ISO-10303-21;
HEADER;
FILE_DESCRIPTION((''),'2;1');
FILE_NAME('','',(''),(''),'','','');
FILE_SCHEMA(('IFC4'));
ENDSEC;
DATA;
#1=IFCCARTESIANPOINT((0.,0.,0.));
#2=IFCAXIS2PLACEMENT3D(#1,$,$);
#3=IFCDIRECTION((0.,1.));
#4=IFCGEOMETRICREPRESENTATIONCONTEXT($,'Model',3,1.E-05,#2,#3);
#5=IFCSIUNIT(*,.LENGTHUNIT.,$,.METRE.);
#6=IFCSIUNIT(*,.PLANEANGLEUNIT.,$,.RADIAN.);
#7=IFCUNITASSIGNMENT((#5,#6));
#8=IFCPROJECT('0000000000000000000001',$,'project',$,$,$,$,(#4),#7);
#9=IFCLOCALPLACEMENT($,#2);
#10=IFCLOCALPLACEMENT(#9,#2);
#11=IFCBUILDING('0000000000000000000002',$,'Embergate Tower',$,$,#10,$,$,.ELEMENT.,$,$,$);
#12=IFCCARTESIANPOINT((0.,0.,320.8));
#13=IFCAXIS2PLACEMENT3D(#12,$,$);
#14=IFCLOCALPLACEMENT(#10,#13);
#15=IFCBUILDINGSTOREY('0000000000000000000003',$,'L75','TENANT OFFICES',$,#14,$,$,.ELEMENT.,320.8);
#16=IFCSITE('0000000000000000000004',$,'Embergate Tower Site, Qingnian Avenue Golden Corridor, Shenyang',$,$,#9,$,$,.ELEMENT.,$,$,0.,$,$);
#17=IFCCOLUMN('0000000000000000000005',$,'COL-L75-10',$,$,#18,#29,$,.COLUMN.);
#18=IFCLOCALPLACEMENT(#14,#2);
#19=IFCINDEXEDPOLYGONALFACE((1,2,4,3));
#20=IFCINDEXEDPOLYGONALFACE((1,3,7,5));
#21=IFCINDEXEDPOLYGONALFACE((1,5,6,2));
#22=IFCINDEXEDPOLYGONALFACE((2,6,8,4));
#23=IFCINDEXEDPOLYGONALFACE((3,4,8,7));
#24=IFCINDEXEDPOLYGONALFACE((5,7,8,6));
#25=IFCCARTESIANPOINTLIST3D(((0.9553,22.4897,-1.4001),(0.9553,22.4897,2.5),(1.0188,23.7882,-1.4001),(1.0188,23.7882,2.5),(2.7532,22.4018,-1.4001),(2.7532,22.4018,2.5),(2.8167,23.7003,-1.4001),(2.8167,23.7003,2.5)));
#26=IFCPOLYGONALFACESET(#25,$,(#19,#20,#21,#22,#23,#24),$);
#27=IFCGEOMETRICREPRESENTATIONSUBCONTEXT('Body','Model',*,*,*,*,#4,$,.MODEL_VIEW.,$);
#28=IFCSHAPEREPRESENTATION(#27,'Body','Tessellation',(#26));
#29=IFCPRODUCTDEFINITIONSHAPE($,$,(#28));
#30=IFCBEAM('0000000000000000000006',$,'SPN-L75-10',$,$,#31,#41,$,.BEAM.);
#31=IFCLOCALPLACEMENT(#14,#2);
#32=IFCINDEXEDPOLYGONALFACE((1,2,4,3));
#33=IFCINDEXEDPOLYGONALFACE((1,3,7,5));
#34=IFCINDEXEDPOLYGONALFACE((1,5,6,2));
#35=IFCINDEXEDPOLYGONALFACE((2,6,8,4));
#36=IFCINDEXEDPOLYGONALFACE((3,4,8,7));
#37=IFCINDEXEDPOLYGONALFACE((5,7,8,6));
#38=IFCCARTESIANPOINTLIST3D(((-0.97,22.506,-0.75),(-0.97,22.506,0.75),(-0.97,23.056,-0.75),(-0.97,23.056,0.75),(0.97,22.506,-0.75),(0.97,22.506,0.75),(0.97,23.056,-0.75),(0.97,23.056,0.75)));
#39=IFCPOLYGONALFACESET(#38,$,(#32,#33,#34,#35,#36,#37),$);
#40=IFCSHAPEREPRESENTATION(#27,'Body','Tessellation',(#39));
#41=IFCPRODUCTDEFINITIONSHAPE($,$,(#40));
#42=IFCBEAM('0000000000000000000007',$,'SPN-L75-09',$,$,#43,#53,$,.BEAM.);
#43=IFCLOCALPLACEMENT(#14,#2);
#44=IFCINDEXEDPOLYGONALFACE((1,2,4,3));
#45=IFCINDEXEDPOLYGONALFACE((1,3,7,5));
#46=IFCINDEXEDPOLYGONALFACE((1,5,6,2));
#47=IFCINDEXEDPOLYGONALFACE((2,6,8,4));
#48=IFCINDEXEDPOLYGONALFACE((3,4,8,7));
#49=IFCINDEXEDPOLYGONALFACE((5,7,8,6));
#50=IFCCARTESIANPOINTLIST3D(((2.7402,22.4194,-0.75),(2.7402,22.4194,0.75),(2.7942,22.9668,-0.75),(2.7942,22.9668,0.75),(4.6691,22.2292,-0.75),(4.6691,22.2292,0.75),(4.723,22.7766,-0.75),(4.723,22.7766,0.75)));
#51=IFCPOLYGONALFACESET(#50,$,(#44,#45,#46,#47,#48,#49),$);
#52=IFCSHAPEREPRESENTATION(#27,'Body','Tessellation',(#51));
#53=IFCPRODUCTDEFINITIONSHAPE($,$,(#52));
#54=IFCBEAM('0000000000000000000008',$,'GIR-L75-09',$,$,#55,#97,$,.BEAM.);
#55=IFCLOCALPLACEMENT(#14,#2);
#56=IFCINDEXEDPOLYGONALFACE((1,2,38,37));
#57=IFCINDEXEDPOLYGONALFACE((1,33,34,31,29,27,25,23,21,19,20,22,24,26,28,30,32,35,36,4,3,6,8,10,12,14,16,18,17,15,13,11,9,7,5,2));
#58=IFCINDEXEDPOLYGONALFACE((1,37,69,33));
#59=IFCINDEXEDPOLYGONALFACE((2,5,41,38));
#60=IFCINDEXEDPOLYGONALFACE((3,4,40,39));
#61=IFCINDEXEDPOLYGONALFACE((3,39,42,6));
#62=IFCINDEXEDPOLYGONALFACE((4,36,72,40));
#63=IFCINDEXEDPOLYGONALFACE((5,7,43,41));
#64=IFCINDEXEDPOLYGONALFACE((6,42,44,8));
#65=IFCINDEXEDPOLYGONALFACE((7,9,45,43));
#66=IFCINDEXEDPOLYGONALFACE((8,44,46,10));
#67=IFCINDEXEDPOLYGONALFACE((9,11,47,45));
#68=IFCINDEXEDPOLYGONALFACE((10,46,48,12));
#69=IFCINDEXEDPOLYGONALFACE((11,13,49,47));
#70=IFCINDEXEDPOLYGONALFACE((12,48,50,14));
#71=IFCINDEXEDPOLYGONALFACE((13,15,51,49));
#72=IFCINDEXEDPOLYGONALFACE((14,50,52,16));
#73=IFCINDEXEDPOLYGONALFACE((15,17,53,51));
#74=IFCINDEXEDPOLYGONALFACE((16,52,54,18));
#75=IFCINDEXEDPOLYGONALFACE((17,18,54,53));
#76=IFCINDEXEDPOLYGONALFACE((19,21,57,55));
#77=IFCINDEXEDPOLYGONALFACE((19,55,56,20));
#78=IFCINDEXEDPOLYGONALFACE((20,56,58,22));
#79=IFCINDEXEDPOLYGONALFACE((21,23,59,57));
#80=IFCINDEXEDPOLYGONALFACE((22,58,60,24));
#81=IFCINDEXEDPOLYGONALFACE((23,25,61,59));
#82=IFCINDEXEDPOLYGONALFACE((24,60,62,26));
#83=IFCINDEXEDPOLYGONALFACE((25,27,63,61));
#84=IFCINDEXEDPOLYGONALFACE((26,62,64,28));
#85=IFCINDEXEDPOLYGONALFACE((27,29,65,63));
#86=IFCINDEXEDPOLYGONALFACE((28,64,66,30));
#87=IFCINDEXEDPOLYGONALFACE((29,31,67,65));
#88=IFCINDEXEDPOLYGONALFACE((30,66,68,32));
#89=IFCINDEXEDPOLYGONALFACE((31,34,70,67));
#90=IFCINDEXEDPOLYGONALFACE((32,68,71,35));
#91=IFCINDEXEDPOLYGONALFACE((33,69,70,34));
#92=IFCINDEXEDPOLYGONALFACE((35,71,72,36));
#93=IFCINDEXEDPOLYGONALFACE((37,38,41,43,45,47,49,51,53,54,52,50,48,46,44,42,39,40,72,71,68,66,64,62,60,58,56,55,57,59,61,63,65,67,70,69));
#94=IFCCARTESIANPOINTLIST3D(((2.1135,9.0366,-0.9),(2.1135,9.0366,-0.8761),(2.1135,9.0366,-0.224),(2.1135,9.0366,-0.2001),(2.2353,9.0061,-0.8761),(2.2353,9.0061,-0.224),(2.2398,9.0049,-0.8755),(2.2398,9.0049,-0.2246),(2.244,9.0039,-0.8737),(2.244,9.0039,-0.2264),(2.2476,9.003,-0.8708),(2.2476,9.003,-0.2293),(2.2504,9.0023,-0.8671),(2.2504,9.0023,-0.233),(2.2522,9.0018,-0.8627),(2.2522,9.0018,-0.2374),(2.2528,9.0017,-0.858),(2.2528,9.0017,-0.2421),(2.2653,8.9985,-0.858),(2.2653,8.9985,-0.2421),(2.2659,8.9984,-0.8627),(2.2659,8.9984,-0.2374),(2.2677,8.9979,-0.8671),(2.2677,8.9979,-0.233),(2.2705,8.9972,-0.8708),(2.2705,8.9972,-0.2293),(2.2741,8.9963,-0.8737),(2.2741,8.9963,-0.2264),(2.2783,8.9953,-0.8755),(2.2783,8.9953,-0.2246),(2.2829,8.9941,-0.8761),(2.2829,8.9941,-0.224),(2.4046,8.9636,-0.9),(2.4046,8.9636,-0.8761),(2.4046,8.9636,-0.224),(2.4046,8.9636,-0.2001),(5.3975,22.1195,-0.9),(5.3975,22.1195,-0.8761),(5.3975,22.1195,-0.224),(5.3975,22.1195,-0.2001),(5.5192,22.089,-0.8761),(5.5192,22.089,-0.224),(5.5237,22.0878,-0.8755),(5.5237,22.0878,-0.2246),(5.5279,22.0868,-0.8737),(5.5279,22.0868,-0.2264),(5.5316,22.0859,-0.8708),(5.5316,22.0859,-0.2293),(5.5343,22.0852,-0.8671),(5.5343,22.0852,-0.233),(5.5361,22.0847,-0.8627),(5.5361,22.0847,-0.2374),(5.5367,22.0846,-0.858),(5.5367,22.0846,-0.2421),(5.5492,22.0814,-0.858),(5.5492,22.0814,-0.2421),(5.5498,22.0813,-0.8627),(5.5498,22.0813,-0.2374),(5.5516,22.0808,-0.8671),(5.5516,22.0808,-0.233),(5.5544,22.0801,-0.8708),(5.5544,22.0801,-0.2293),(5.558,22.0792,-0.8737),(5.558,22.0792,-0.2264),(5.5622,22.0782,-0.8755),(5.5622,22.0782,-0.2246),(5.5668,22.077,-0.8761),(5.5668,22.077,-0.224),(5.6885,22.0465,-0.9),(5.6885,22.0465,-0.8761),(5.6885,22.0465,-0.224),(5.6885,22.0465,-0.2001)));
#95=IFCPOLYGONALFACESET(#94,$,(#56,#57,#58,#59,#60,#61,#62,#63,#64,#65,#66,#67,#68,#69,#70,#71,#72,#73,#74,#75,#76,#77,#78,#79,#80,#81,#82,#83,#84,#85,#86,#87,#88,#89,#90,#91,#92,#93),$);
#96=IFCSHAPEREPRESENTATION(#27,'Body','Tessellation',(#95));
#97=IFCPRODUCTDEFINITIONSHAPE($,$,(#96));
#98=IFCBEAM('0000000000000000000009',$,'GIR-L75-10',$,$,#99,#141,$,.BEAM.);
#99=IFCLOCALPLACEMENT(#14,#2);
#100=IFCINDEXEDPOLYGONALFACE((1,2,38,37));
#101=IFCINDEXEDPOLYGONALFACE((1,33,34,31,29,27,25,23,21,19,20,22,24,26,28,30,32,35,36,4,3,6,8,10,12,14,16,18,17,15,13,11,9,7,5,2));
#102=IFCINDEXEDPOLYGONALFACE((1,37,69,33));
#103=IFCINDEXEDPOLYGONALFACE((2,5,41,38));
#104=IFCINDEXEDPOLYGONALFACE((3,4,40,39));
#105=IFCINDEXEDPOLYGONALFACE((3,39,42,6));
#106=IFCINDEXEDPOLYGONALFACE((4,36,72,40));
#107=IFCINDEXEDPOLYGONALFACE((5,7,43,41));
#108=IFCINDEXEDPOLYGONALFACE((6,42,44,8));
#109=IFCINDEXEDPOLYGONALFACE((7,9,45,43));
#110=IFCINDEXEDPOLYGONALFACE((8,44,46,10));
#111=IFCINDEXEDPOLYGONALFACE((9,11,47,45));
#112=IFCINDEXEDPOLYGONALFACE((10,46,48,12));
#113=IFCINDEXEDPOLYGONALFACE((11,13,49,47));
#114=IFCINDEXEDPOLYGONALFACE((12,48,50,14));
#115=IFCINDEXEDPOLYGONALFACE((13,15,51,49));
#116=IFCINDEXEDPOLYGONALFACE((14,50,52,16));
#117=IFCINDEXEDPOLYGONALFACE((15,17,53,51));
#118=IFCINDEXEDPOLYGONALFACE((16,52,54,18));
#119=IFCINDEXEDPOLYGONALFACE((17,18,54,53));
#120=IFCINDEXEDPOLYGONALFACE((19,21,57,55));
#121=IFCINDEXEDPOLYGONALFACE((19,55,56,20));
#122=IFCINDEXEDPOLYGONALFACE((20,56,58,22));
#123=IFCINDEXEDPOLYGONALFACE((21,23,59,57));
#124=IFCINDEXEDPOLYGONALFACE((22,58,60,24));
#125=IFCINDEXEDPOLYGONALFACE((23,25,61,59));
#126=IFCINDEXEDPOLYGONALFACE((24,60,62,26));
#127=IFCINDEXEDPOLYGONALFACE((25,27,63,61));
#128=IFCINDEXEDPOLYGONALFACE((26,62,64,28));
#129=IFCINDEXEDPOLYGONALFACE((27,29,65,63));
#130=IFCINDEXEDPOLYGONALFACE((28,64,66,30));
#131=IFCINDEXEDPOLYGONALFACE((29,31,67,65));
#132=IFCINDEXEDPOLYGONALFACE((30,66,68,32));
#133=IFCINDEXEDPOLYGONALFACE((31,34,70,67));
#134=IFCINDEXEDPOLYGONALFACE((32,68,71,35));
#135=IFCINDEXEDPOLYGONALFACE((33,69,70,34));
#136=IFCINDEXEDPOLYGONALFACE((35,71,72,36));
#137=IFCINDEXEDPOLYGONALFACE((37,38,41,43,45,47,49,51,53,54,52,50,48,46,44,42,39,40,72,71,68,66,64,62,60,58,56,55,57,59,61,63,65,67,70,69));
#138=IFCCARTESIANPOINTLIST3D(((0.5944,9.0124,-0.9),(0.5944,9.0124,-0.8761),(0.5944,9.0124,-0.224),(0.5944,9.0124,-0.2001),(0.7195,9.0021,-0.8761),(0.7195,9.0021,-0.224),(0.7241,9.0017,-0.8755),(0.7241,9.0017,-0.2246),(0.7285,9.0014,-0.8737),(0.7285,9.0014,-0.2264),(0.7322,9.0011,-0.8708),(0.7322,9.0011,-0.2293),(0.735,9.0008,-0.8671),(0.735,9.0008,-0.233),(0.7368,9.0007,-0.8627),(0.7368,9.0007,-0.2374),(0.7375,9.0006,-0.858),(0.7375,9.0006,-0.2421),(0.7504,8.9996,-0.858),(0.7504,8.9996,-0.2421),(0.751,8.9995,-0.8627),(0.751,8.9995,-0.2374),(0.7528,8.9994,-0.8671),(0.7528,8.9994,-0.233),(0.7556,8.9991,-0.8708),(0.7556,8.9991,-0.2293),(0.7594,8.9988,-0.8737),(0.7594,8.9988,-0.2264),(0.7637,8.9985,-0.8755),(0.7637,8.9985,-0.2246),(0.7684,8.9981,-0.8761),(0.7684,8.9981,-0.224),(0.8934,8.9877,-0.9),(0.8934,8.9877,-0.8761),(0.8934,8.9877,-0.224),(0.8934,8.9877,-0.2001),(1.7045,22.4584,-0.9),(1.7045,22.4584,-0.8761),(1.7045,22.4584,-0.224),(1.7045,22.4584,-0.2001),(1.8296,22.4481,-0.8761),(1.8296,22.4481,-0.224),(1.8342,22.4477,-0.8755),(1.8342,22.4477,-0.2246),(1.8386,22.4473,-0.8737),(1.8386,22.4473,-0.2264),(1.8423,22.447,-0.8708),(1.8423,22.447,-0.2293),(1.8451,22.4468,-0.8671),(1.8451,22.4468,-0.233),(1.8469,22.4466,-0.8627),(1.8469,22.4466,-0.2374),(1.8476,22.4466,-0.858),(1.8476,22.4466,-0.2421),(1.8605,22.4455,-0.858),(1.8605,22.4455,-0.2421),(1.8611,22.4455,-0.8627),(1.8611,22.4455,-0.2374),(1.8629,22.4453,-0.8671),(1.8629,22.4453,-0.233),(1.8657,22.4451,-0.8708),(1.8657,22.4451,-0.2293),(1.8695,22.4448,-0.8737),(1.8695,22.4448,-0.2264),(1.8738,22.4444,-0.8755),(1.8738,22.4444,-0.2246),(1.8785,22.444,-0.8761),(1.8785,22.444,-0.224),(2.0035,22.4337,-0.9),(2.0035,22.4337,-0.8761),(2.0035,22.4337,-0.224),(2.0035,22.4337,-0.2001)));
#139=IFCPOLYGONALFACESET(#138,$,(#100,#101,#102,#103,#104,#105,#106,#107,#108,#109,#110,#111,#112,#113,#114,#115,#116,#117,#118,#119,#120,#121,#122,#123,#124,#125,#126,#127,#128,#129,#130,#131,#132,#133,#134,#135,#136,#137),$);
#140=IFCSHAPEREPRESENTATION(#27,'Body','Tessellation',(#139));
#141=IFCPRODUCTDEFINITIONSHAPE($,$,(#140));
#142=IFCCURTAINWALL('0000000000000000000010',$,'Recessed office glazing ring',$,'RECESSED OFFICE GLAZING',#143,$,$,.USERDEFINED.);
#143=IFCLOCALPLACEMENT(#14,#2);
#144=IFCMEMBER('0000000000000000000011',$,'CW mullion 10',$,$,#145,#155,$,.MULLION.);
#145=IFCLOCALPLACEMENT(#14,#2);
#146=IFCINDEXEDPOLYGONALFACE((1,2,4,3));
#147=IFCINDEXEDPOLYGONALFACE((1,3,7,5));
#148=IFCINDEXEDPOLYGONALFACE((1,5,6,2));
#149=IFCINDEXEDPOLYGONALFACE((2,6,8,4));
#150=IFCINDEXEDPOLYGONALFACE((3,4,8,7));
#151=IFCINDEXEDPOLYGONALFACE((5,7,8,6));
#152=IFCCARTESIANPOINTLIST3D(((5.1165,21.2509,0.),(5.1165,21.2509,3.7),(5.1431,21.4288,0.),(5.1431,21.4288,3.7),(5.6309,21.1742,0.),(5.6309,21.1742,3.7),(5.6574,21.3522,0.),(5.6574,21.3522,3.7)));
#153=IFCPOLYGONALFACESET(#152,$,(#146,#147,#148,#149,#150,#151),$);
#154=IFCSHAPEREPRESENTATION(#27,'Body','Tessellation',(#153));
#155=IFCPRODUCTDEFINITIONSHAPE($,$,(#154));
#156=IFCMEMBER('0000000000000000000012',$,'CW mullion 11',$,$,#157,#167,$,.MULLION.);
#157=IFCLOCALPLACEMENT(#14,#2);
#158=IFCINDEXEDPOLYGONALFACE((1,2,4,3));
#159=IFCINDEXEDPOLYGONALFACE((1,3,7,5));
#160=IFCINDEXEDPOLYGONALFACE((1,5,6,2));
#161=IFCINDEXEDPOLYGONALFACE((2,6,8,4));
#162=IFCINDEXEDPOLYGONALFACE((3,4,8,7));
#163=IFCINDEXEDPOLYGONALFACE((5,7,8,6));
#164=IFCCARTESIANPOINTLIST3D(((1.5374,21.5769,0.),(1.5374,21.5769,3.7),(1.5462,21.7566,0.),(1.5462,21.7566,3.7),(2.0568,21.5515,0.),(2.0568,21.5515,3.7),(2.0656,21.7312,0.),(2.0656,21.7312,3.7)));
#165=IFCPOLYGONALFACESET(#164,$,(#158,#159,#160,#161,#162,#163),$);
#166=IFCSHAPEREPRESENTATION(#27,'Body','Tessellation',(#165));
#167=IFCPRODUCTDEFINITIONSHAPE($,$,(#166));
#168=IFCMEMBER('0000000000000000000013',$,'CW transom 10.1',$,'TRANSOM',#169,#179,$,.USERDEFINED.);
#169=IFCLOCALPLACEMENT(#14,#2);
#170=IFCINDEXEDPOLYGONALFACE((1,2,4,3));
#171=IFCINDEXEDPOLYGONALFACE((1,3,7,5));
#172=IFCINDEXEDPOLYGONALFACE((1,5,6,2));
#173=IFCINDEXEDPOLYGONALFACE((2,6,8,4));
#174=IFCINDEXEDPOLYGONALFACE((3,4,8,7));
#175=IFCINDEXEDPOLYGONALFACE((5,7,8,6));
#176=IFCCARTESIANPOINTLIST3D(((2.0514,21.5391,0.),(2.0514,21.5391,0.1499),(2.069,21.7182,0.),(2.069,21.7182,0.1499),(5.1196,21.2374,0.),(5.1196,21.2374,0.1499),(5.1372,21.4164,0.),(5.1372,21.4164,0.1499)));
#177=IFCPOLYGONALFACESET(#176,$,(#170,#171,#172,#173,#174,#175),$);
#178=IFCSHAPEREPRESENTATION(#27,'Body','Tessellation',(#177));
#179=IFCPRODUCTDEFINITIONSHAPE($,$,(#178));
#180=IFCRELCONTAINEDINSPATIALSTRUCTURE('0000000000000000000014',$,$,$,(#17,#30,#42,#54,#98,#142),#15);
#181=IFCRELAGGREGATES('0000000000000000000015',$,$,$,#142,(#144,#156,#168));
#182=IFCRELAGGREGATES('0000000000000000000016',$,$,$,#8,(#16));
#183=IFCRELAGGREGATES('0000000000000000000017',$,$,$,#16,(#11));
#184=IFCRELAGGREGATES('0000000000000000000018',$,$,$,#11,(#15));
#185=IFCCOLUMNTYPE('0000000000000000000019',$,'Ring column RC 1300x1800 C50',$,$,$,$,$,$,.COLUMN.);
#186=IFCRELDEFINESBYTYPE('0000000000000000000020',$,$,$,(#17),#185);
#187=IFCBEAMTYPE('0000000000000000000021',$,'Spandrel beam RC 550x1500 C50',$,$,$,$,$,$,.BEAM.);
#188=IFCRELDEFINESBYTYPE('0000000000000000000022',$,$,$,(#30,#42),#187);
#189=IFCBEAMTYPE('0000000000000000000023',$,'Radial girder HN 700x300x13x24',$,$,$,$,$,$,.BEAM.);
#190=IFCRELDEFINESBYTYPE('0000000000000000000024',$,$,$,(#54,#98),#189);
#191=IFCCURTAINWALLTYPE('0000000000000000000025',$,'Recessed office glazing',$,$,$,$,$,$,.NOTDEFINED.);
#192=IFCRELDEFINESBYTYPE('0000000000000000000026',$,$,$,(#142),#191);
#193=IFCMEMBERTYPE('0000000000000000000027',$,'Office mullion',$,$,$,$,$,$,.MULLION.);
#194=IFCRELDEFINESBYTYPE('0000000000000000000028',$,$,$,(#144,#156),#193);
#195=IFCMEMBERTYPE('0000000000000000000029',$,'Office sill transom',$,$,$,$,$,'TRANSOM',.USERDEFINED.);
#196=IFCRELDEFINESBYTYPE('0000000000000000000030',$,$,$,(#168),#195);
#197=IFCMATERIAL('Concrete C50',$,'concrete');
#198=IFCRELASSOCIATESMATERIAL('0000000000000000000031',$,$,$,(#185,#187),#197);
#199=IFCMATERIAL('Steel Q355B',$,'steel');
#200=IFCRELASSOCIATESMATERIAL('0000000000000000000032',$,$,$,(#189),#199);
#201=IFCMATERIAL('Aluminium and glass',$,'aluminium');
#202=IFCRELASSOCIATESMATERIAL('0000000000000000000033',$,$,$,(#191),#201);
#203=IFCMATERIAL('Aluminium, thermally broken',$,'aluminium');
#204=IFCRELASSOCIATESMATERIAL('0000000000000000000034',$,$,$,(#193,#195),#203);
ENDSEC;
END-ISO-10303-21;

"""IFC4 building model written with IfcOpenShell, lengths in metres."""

from ifc_helpers import new_model, si_unit, direction, frame, origin, origin_2d, place, context, subcontext, project, spatial, rectangle, i_section, extrude, source, transform, mapped, material, material_profile, profile_set, type_object, element, aggregate, save


model = new_model("IFC4")

# Units and contexts
model_context = context("Model", 3, precision=1e-05, world=origin(), true_north=direction((0.0, 1.0)))
body_context = subcontext(model_context, "Body", "Model", "MODEL_VIEW")
ifc_project = project(units=[si_unit("LENGTHUNIT", "METRE"), si_unit("PLANEANGLEUNIT", "RADIAN")], contexts=[model_context])

# Site, building, storey
site_placement = place(None, origin())
site = spatial("IfcSite", under=ifc_project, at=site_placement, Name="Embergate Tower Site, Qingnian Avenue Golden Corridor, Shenyang", CompositionType="ELEMENT", RefElevation=0.0)
building_placement = place(site_placement, origin())
building = spatial("IfcBuilding", under=site, at=building_placement, Name="Embergate Tower", CompositionType="ELEMENT")
storey_placement = place(building_placement, frame((0.0, 0.0, 320.8)))
storey = spatial("IfcBuildingStorey", under=building, at=storey_placement, Name="L75", Description="TENANT OFFICES", CompositionType="ELEMENT", Elevation=320.8)

# Column
ifc_material_1 = material(Name="Concrete C50", Category="concrete")
ifc_material_profile_1 = material_profile(ifc_material_1, rectangle(XDim=1.3, YDim=1.8, at=origin_2d()), Name="RC 1300x1800")
ifc_profile_set_1 = profile_set([ifc_material_profile_1], Name="Concrete C50")
column_type = type_object("IfcColumnType", Name="Ring column RC 1300x1800 C50", PredefinedType="COLUMN", material=ifc_profile_set_1)
shared_shape_1 = source(origin(), body_context, "Body", "SweptSolid", [
    extrude(rectangle(XDim=1.3, YDim=1.8, at=origin_2d()), origin(), (0.0, 0.0, 1.0), 3.9001),
])
column_placement = place(storey_placement, frame((1.886, 23.095, -1.4001), z_axis=(0.0, 0.0, 1.0), x_axis=(0.048815, 0.998808, 0.0)))
element("IfcColumn", 1, at=column_placement, inside=storey, type_object=column_type, Name="COL-L75-10", PredefinedType="COLUMN", context=body_context, shape_type="MappedRepresentation", body=[
    mapped(shared_shape_1, transform((0.0, 0.0, 0.0))),
])

# Beams
ifc_material_profile_2 = material_profile(ifc_material_1, rectangle(XDim=0.55, YDim=1.5, at=origin_2d()), Name="RC 550x1500")
ifc_profile_set_2 = profile_set([ifc_material_profile_2], Name="Concrete C50")
beam_type_1 = type_object("IfcBeamType", Name="Spandrel beam RC 550x1500 C50", PredefinedType="BEAM", material=ifc_profile_set_2)
shared_shape_2 = source(origin(), body_context, "Body", "SweptSolid", [
    extrude(rectangle(XDim=0.55, YDim=1.5, at=origin_2d()), origin(), (0.0, 0.0, 1.0), 1.9399),
])
beam_1_placement = place(storey_placement, frame((0.97, 22.781, 0.0), z_axis=(-1.0, 0.0, 0.0), x_axis=(0.0, -1.0, 0.0)))
element("IfcBeam", 2, at=beam_1_placement, inside=storey, type_object=beam_type_1, Name="SPN-L75-10", PredefinedType="BEAM", context=body_context, shape_type="MappedRepresentation", body=[
    mapped(shared_shape_2, transform((0.0, 0.0, 0.0))),
])
shared_shape_3 = source(origin(), body_context, "Body", "SweptSolid", [
    extrude(rectangle(XDim=0.55, YDim=1.5, at=origin_2d()), origin(), (0.0, 0.0, 1.0), 1.9382),
])
beam_2_placement = place(storey_placement, frame((4.696, 22.5029, 0.0), z_axis=(-0.995175, 0.098119, 0.0), x_axis=(-0.098119, -0.995175, 0.0)))
element("IfcBeam", 3, at=beam_2_placement, inside=storey, type_object=beam_type_1, Name="SPN-L75-09", PredefinedType="BEAM", context=body_context, shape_type="MappedRepresentation", body=[
    mapped(shared_shape_3, transform((0.0, 0.0, 0.0))),
])
ifc_material_2 = material(Name="Steel Q355B", Category="steel")
ifc_material_profile_3 = material_profile(ifc_material_2, i_section(OverallWidth=0.3, OverallDepth=0.7, WebThickness=0.0129, FlangeThickness=0.0239, FilletRadius=0.0181, at=origin_2d()), Name="HN 700x300x13x24")
ifc_profile_set_3 = profile_set([ifc_material_profile_3], Name="Steel Q355 grade B")
beam_type_2 = type_object("IfcBeamType", Name="Radial girder HN 700x300x13x24", PredefinedType="BEAM", material=ifc_profile_set_3)
shared_shape_4 = source(origin(), body_context, "Body", "SweptSolid", [
    extrude(i_section(OverallWidth=0.3, OverallDepth=0.7, WebThickness=0.0129, FlangeThickness=0.0239, FilletRadius=0.0181, at=origin_2d()), origin(), (0.0, 0.0, 1.0), 13.4888),
])
beam_3_placement = place(storey_placement, frame((5.543, 22.083, -0.55), z_axis=(-0.243455, -0.969912, 0.0), x_axis=(0.969912, -0.243455, 0.0)))
element("IfcBeam", 4, at=beam_3_placement, inside=storey, type_object=beam_type_2, Name="GIR-L75-09", PredefinedType="BEAM", context=body_context, shape_type="MappedRepresentation", body=[
    mapped(shared_shape_4, transform((0.0, 0.0, 0.0))),
])
shared_shape_5 = source(origin(), body_context, "Body", "SweptSolid", [
    extrude(i_section(OverallWidth=0.3, OverallDepth=0.7, WebThickness=0.0129, FlangeThickness=0.0239, FilletRadius=0.0181, at=origin_2d()), origin(), (0.0, 0.0, 1.0), 13.4917),
])
beam_4_placement = place(storey_placement, frame((1.854, 22.446, -0.55), z_axis=(-0.08228, -0.996609, 0.0), x_axis=(0.996609, -0.08228, 0.0)))
element("IfcBeam", 5, at=beam_4_placement, inside=storey, type_object=beam_type_2, Name="GIR-L75-10", PredefinedType="BEAM", context=body_context, shape_type="MappedRepresentation", body=[
    mapped(shared_shape_5, transform((0.0, 0.0, 0.0))),
])

# Curtain wall, members
ifc_material_3 = material(Name="Aluminium and glass", Category="aluminium")
curtain_wall_type = type_object("IfcCurtainWallType", Name="Recessed office glazing", PredefinedType="NOTDEFINED", material=ifc_material_3)
curtain_wall_placement = place(storey_placement, origin())
curtain_wall = element("IfcCurtainWall", 6, at=curtain_wall_placement, inside=storey, type_object=curtain_wall_type, Name="Recessed office glazing ring", ObjectType="RECESSED OFFICE GLAZING", PredefinedType="USERDEFINED")
ifc_material_4 = material(Name="Aluminium, thermally broken", Category="aluminium")
ifc_material_profile_4 = material_profile(ifc_material_4, rectangle(XDim=0.1799, YDim=0.52, at=origin_2d()), Name="AL 520x180")
ifc_profile_set_4 = profile_set([ifc_material_profile_4], Name="Aluminium, thermally broken")
member_type_1 = type_object("IfcMemberType", Name="Office mullion", PredefinedType="MULLION", material=ifc_profile_set_4)
shared_shape_6 = source(origin(), body_context, "Body", "SweptSolid", [
    extrude(rectangle(XDim=0.1799, YDim=0.52, at=origin_2d()), origin(), (0.0, 0.0, 1.0), 3.7),
])
member_1_placement = place(storey_placement, frame((5.387, 21.3015, 0.0), z_axis=(0.0, 0.0, 1.0), x_axis=(-0.147412, -0.989075, 0.0)))
member_1 = element("IfcMember", 7, at=member_1_placement, type_object=member_type_1, Name="CW mullion 10", PredefinedType="MULLION", context=body_context, shape_type="MappedRepresentation", body=[
    mapped(shared_shape_6, transform((0.0, 0.0, 0.0))),
])
member_2_placement = place(storey_placement, frame((1.8015, 21.6541, 0.0), z_axis=(0.0, 0.0, 1.0), x_axis=(-0.048972, -0.9988, 0.0)))
member_2 = element("IfcMember", 8, at=member_2_placement, type_object=member_type_1, Name="CW mullion 11", PredefinedType="MULLION", context=body_context, shape_type="MappedRepresentation", body=[
    mapped(shared_shape_6, transform((0.0, 0.0, 0.0))),
])
ifc_material_profile_5 = material_profile(ifc_material_4, rectangle(XDim=0.1799, YDim=0.1499, at=origin_2d()), Name="AL 150x180")
ifc_profile_set_5 = profile_set([ifc_material_profile_5], Name="Aluminium, thermally broken")
member_type_2 = type_object("IfcMemberType", Name="Office sill transom", ElementType="TRANSOM", PredefinedType="USERDEFINED", material=ifc_profile_set_5)
shared_shape_7 = source(origin(), body_context, "Body", "SweptSolid", [
    extrude(rectangle(XDim=0.1799, YDim=0.1499, at=origin_2d()), origin(), (0.0, 0.0, 1.0), 3.083),
])
member_3_placement = place(storey_placement, frame((5.1284, 21.3269, 0.075), z_axis=(-0.995198, 0.097881, 0.0), x_axis=(-0.097881, -0.995198, 0.0)))
member_3 = element("IfcMember", 9, at=member_3_placement, type_object=member_type_2, Name="CW transom 10.1", ObjectType="TRANSOM", PredefinedType="USERDEFINED", context=body_context, shape_type="MappedRepresentation", body=[
    mapped(shared_shape_7, transform((0.0, 0.0, 0.0))),
])
aggregate(curtain_wall, [member_1, member_2, member_3])

save(model, "model.ifc")
